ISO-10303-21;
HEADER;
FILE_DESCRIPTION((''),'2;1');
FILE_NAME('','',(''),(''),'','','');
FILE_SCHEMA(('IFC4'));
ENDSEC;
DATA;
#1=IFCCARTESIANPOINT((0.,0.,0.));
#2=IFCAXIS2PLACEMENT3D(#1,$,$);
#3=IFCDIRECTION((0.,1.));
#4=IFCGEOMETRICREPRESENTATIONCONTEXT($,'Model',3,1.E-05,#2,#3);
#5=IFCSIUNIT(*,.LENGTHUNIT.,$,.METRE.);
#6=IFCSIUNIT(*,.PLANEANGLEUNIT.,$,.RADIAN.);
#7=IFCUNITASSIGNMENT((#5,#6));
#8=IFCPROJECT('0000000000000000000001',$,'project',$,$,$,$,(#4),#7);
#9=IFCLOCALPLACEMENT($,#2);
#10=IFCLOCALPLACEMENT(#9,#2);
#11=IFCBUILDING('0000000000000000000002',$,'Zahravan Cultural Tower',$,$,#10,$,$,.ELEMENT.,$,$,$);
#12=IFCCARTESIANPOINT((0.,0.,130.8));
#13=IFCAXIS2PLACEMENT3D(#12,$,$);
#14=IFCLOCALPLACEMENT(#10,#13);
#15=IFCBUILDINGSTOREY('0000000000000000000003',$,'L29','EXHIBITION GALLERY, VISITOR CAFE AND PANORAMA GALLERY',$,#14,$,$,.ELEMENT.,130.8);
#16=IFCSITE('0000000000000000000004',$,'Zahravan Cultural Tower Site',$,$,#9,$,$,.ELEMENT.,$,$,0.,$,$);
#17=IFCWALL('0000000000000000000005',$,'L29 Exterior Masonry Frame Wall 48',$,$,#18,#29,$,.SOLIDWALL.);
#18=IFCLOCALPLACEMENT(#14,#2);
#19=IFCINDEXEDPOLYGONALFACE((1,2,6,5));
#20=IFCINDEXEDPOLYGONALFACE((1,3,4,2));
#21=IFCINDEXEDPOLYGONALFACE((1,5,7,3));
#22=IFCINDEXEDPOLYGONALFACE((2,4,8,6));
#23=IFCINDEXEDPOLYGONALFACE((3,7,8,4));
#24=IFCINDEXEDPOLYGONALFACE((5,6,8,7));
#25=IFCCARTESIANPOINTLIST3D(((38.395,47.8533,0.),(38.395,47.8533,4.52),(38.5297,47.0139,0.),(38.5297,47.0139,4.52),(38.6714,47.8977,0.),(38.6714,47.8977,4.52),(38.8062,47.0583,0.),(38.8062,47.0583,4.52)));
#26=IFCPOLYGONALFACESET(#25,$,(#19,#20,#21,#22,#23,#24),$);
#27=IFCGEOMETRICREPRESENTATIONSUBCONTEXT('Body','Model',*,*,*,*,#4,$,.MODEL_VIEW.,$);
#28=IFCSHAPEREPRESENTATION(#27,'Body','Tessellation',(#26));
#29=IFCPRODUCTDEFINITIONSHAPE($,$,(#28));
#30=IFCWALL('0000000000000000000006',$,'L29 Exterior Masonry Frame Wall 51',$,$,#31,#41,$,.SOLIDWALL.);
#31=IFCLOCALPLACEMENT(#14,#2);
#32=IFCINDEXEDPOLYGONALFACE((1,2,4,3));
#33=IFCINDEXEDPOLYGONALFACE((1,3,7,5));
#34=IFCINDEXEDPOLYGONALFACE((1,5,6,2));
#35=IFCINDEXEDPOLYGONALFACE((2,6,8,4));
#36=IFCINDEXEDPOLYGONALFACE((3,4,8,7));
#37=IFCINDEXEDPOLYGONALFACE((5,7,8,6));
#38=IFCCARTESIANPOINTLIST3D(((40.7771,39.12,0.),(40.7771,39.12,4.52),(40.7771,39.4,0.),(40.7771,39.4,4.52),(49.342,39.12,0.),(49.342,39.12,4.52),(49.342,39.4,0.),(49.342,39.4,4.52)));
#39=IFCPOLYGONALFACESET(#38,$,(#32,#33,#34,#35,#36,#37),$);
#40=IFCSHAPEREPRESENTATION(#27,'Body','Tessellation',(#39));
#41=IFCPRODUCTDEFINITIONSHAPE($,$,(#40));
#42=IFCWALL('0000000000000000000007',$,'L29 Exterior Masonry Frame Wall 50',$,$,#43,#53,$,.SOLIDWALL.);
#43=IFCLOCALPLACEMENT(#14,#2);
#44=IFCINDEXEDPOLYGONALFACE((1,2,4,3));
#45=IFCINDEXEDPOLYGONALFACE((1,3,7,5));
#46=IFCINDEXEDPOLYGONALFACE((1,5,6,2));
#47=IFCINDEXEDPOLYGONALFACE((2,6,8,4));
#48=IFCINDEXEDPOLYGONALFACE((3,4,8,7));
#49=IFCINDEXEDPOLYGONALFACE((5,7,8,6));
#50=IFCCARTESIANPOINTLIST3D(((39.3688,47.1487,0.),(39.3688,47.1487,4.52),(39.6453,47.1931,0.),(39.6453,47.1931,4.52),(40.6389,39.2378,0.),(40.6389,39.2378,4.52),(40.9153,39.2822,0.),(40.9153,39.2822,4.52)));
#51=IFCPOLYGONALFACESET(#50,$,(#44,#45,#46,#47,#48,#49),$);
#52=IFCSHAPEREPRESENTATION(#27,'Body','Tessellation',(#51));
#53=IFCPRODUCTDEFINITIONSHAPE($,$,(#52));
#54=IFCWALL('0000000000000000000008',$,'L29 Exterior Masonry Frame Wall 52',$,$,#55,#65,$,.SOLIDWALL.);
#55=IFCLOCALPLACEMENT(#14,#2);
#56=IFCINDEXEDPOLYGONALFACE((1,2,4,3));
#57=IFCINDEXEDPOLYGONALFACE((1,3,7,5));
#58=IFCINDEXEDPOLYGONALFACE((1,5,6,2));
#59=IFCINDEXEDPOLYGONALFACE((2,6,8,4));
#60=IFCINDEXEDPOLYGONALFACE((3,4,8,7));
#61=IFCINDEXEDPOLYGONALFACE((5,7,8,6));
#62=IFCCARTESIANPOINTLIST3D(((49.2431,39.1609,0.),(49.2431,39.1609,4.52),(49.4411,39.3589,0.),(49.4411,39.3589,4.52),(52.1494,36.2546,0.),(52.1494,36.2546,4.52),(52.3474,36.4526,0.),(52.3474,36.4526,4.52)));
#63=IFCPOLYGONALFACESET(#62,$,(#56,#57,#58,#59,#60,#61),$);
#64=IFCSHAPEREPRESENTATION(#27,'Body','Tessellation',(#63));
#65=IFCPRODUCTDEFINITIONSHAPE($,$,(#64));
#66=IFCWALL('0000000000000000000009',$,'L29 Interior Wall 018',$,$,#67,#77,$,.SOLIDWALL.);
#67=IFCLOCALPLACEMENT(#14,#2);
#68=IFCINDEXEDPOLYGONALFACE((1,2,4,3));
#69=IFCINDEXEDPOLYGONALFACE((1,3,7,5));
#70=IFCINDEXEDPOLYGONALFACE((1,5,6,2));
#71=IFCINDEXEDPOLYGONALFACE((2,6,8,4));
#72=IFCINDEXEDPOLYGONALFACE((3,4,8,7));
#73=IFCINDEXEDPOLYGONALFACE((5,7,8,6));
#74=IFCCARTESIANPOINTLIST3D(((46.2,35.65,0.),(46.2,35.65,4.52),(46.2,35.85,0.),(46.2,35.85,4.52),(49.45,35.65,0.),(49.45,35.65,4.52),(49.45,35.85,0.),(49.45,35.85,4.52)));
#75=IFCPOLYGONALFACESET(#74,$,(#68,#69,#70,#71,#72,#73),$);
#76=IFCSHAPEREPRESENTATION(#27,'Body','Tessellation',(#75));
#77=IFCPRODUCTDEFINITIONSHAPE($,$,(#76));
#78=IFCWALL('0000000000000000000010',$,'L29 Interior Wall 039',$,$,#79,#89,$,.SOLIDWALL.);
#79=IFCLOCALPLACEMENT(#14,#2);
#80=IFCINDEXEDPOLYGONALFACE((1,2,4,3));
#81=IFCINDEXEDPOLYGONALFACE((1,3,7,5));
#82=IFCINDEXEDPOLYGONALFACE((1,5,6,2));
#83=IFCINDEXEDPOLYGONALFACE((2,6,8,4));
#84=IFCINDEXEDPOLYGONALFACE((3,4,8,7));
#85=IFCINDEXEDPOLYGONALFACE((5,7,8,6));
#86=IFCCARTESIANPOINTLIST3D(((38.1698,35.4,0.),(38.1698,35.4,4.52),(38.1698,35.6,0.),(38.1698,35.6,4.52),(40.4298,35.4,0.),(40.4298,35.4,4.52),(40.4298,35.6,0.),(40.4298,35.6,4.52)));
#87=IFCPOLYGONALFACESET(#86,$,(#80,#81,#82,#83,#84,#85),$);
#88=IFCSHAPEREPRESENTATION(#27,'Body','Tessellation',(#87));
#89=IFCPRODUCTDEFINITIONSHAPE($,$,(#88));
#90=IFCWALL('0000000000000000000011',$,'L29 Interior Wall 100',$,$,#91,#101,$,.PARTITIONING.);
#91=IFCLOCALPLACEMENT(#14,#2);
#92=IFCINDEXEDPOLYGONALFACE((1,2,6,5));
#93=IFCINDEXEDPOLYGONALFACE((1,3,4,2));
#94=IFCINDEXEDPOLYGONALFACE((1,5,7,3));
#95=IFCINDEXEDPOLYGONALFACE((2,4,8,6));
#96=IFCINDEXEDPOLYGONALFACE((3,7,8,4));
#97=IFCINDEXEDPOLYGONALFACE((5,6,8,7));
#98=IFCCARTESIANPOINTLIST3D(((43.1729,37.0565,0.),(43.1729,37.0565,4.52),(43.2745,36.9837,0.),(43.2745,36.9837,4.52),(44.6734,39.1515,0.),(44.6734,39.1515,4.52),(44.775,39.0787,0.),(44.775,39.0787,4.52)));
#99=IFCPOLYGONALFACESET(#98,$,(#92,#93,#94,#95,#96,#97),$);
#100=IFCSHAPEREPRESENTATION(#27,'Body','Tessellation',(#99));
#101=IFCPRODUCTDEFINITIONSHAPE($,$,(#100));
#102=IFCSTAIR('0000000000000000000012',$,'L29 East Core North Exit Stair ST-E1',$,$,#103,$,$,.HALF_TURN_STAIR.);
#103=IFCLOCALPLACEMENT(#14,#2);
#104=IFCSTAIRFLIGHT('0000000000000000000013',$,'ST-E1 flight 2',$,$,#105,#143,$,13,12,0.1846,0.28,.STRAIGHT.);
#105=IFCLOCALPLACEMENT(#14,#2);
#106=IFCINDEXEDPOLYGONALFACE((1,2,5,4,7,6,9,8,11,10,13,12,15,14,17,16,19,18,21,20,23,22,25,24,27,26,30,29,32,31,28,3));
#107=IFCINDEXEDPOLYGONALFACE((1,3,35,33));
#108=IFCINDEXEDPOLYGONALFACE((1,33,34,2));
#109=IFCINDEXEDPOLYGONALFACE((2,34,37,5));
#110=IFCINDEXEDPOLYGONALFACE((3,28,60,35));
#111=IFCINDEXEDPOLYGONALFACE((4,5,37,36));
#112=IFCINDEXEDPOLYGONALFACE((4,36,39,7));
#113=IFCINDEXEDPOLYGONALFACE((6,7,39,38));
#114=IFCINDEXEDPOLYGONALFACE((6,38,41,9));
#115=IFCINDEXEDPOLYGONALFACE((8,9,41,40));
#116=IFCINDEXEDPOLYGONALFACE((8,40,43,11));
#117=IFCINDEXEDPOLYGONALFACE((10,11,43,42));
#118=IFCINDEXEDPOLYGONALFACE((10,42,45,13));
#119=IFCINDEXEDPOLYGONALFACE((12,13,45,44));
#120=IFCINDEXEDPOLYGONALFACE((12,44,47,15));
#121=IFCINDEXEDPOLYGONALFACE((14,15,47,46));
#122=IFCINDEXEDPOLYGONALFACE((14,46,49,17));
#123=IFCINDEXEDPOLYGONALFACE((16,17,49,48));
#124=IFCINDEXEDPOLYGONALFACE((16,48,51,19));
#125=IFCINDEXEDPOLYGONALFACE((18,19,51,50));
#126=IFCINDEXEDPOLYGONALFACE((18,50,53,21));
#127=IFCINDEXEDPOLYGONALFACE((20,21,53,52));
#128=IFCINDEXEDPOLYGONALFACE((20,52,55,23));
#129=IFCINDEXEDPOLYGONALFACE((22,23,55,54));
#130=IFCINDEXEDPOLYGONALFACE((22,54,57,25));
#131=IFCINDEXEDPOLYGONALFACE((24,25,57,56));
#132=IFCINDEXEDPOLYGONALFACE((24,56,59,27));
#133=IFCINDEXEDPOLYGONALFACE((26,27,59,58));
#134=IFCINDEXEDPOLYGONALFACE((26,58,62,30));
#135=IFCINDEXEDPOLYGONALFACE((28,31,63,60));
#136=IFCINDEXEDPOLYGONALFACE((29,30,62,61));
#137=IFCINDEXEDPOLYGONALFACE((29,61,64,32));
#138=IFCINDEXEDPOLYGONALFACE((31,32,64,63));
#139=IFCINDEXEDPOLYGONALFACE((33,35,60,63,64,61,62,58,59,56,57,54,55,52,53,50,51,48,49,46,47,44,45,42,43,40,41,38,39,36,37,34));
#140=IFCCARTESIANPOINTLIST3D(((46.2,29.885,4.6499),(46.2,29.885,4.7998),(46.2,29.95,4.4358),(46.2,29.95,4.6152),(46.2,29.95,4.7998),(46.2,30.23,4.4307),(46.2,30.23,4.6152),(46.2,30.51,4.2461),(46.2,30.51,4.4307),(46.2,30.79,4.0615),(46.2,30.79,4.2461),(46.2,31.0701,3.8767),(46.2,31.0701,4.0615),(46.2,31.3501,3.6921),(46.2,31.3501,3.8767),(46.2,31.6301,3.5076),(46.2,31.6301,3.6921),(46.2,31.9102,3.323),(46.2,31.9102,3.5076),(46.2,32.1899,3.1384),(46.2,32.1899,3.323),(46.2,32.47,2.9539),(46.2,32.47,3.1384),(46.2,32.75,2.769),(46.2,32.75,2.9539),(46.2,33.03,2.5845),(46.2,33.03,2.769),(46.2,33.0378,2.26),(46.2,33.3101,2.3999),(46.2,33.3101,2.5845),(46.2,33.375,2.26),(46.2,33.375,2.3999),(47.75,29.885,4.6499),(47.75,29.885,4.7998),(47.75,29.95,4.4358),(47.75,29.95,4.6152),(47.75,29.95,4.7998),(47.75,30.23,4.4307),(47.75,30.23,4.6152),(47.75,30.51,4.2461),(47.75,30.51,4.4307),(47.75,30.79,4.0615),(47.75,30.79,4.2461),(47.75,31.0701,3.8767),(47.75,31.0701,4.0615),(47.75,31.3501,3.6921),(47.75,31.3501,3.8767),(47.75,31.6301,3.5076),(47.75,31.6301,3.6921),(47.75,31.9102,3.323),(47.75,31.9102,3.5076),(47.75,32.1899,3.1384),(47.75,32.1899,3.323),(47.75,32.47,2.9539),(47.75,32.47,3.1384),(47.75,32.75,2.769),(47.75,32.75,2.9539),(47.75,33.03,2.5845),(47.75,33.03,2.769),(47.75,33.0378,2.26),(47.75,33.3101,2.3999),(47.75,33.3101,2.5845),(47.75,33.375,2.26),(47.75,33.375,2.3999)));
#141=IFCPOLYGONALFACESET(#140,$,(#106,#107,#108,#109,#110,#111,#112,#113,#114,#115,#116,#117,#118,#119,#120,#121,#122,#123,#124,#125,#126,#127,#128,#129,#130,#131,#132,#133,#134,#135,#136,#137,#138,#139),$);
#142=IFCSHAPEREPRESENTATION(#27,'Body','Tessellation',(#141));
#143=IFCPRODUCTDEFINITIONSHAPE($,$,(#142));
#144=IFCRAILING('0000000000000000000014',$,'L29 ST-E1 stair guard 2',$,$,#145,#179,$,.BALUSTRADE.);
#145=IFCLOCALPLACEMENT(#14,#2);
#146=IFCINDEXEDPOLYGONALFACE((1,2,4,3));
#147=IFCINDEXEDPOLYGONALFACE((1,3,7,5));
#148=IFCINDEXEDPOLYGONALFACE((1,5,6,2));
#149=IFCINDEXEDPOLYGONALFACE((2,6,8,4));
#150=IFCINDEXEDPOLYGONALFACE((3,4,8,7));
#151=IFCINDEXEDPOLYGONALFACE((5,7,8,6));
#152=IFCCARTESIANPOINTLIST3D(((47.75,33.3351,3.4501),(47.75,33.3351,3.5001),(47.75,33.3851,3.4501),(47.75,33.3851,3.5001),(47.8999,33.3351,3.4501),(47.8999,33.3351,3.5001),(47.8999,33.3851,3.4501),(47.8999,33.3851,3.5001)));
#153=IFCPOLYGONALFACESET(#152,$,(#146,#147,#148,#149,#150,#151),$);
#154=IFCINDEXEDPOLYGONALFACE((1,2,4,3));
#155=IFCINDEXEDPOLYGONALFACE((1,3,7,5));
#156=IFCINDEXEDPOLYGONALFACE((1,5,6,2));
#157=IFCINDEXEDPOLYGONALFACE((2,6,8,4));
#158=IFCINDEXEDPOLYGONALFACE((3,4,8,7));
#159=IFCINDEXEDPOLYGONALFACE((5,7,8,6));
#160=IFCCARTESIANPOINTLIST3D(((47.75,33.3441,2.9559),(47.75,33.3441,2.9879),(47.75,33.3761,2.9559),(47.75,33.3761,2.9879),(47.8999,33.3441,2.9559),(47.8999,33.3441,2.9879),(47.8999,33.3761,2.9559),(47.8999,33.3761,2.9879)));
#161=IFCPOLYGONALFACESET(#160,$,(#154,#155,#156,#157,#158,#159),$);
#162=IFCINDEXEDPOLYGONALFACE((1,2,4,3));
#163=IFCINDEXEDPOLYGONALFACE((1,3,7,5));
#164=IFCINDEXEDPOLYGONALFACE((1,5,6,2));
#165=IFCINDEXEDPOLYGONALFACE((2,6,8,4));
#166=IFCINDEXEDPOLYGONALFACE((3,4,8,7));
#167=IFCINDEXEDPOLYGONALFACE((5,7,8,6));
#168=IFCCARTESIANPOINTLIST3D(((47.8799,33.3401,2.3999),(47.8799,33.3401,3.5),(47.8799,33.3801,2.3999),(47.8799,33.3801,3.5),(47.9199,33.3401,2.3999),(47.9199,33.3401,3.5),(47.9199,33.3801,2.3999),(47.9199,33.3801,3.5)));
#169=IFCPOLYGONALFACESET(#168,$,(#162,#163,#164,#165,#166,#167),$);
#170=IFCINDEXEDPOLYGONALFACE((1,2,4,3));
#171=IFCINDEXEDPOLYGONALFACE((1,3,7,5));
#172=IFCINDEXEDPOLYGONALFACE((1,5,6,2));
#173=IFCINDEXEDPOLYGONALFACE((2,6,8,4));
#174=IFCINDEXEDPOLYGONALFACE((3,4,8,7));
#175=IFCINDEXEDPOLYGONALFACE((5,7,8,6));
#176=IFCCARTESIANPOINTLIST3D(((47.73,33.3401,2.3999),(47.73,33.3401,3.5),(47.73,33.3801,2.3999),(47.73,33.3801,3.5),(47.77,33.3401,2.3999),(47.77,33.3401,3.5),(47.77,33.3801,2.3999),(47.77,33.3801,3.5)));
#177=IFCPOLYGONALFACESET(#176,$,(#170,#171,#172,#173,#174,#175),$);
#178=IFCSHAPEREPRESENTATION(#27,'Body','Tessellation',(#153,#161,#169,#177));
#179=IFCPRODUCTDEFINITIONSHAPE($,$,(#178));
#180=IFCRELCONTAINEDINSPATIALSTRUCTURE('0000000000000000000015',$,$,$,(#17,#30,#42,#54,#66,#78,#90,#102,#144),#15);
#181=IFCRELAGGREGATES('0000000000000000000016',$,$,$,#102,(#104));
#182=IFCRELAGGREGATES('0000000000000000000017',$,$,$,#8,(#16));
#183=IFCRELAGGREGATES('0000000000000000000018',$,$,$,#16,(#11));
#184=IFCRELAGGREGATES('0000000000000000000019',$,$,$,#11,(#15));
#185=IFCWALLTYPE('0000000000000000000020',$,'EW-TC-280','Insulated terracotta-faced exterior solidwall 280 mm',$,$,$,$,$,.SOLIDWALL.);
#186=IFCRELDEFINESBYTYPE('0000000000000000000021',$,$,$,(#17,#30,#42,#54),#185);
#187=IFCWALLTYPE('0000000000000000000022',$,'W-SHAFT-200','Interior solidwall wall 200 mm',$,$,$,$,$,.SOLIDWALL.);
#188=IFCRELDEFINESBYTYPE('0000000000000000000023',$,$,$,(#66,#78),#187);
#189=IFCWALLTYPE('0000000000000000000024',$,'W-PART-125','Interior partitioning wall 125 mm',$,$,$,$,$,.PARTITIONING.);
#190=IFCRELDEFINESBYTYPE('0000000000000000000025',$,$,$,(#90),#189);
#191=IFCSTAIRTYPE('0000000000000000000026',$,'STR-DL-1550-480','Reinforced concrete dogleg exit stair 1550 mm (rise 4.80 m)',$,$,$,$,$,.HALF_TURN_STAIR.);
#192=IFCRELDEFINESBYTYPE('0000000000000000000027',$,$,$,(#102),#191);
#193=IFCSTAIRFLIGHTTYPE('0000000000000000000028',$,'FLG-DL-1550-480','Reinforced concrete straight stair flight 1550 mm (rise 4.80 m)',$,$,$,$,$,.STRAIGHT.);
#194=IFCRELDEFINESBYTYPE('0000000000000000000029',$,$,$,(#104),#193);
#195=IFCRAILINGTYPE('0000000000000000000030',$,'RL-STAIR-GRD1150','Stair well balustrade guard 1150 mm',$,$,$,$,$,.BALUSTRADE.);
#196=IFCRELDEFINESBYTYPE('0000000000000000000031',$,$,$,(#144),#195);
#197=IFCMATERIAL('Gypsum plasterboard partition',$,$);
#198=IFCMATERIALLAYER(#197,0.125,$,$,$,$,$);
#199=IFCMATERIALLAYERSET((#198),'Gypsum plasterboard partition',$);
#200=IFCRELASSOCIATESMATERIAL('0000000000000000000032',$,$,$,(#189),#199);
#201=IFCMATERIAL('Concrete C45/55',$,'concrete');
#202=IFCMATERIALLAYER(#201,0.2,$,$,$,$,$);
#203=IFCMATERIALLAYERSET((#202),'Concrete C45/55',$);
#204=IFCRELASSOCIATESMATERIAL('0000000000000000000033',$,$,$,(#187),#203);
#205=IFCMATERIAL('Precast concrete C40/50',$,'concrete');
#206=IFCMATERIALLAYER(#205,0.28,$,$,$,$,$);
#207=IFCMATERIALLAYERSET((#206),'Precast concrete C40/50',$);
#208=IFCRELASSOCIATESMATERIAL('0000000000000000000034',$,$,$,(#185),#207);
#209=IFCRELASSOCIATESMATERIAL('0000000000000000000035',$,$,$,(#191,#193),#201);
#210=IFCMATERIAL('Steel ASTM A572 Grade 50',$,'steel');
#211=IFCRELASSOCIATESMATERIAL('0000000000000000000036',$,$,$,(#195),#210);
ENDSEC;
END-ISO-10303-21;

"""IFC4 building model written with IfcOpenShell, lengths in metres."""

from ifc_helpers import new_model, si_unit, direction, frame, frame_2d, origin, origin_2d, place, context, subcontext, project, spatial, polyline, rectangle, outline, extrude, source, transform, mapped, material, layer, layer_set, type_object, element, aggregate, save


model = new_model("IFC4")

# Units and contexts
model_context = context("Model", 3, precision=1e-05, world=origin(), true_north=direction((0.0, 1.0)))
body_context = subcontext(model_context, "Body", "Model", "MODEL_VIEW")
ifc_project = project(units=[si_unit("LENGTHUNIT", "METRE"), si_unit("PLANEANGLEUNIT", "RADIAN")], contexts=[model_context])

# Site, building, storey
site_placement = place(None, origin())
site = spatial("IfcSite", under=ifc_project, at=site_placement, Name="Zahravan Cultural Tower Site", CompositionType="ELEMENT", RefElevation=0.0)
building_placement = place(site_placement, origin())
building = spatial("IfcBuilding", under=site, at=building_placement, Name="Zahravan Cultural Tower", CompositionType="ELEMENT")
storey_placement = place(building_placement, frame((0.0, 0.0, 130.8)))
storey = spatial("IfcBuildingStorey", under=building, at=storey_placement, Name="L29", Description="EXHIBITION GALLERY, VISITOR CAFE AND PANORAMA GALLERY", CompositionType="ELEMENT", Elevation=130.8)

# Shared definitions
ifc_material_1 = material(Name="Gypsum plasterboard partition")
ifc_layer_1 = layer(ifc_material_1, 0.125)
ifc_layer_set_1 = layer_set([ifc_layer_1], Name="Gypsum plasterboard partition")
wall_type_1 = type_object("IfcWallType", Name="W-PART-125", Description="Interior partitioning wall 125 mm", PredefinedType="PARTITIONING", material=ifc_layer_set_1)
ifc_material_2 = material(Name="Concrete C45/55", Category="concrete")
ifc_layer_2 = layer(ifc_material_2, 0.2)
ifc_layer_set_2 = layer_set([ifc_layer_2], Name="Concrete C45/55")
wall_type_2 = type_object("IfcWallType", Name="W-SHAFT-200", Description="Interior solidwall wall 200 mm", PredefinedType="SOLIDWALL", material=ifc_layer_set_2)
ifc_material_3 = material(Name="Steel ASTM A572 Grade 50", Category="steel")

# Walls
ifc_material_4 = material(Name="Precast concrete C40/50", Category="concrete")
ifc_layer_3 = layer(ifc_material_4, 0.28)
ifc_layer_set_3 = layer_set([ifc_layer_3], Name="Precast concrete C40/50")
wall_type_3 = type_object("IfcWallType", Name="EW-TC-280", Description="Insulated terracotta-faced exterior solidwall 280 mm", PredefinedType="SOLIDWALL", material=ifc_layer_set_3)
shared_shape_1 = source(origin(), body_context, "Body", "SweptSolid", [
    extrude(rectangle(XDim=0.8501, YDim=0.28, at=frame_2d((0.425, 0.0))), origin(), (0.0, 0.0, 1.0), 4.52),
])
for number, where, z_axis, x_axis, name in (
    (1, (38.5332, 47.8755, 0.0), (0.0, 0.0, 1.0), (0.158528, -0.987354, 0.0), "L29 Exterior Masonry Frame Wall 48"),
):
    element("IfcWall", number, at=place(storey_placement, frame(where, z_axis=z_axis, x_axis=x_axis)), inside=storey, type_object=wall_type_3, Name=name, PredefinedType="SOLIDWALL", context=body_context, shape_type="MappedRepresentation", body=[
        mapped(shared_shape_1, transform((0.0, 0.0, 0.0), x_axis=(1.0, 0.0, 0.0), y_axis=(0.0, 1.0, 0.0), z_axis=(0.0, 0.0, 1.0), scale=1.0)),
    ])
shared_shape_2 = source(origin(), body_context, "Body", "SweptSolid", [
    extrude(rectangle(XDim=8.5649, YDim=0.28, at=frame_2d((4.2825, 0.0))), origin(), (0.0, 0.0, 1.0), 4.52),
])
wall_1_placement = place(storey_placement, frame((40.7771, 39.26, 0.0), z_axis=(0.0, 0.0, 1.0), x_axis=(1.0, 0.0, 0.0)))
element("IfcWall", 2, at=wall_1_placement, inside=storey, type_object=wall_type_3, Name="L29 Exterior Masonry Frame Wall 51", PredefinedType="SOLIDWALL", context=body_context, shape_type="MappedRepresentation", body=[
    mapped(shared_shape_2, transform((0.0, 0.0, 0.0), x_axis=(1.0, 0.0, 0.0), y_axis=(0.0, 1.0, 0.0), z_axis=(0.0, 0.0, 1.0), scale=1.0)),
])
shared_shape_3 = source(origin(), body_context, "Body", "SweptSolid", [
    extrude(rectangle(XDim=8.0122, YDim=0.28, at=frame_2d((4.0061, 0.0))), origin(), (0.0, 0.0, 1.0), 4.52),
])
wall_2_placement = place(storey_placement, frame((39.5071, 47.1709, 0.0), z_axis=(0.0, 0.0, 1.0), x_axis=(0.158511, -0.987357, 0.0)))
element("IfcWall", 3, at=wall_2_placement, inside=storey, type_object=wall_type_3, Name="L29 Exterior Masonry Frame Wall 50", PredefinedType="SOLIDWALL", context=body_context, shape_type="MappedRepresentation", body=[
    mapped(shared_shape_3, transform((0.0, 0.0, 0.0), x_axis=(1.0, 0.0, 0.0), y_axis=(0.0, 1.0, 0.0), z_axis=(0.0, 0.0, 1.0), scale=1.0)),
])
shared_shape_4 = source(origin(), body_context, "Body", "SweptSolid", [
    extrude(rectangle(XDim=4.1101, YDim=0.28, at=frame_2d((2.0552, 0.0))), origin(), (0.0, 0.0, 1.0), 4.52),
])
wall_3_placement = place(storey_placement, frame((49.342, 39.26, 0.0), z_axis=(0.0, 0.0, 1.0), x_axis=(0.707107, -0.707107, 0.0)))
element("IfcWall", 4, at=wall_3_placement, inside=storey, type_object=wall_type_3, Name="L29 Exterior Masonry Frame Wall 52", PredefinedType="SOLIDWALL", context=body_context, shape_type="MappedRepresentation", body=[
    mapped(shared_shape_4, transform((0.0, 0.0, 0.0), x_axis=(1.0, 0.0, 0.0), y_axis=(0.0, 1.0, 0.0), z_axis=(0.0, 0.0, 1.0), scale=1.0)),
])
shared_shape_5 = source(origin(), body_context, "Body", "SweptSolid", [
    extrude(rectangle(XDim=3.25, YDim=0.2, at=frame_2d((1.625, 0.0))), origin(), (0.0, 0.0, 1.0), 4.52),
])
wall_4_placement = place(storey_placement, frame((46.2, 35.75, 0.0), z_axis=(0.0, 0.0, 1.0), x_axis=(1.0, 0.0, 0.0)))
element("IfcWall", 5, at=wall_4_placement, inside=storey, type_object=wall_type_2, Name="L29 Interior Wall 018", PredefinedType="SOLIDWALL", context=body_context, shape_type="MappedRepresentation", body=[
    mapped(shared_shape_5, transform((0.0, 0.0, 0.0), x_axis=(1.0, 0.0, 0.0), y_axis=(0.0, 1.0, 0.0), z_axis=(0.0, 0.0, 1.0), scale=1.0)),
])
shared_shape_6 = source(origin(), body_context, "Body", "SweptSolid", [
    extrude(rectangle(XDim=2.26, YDim=0.2, at=frame_2d((1.1299, 0.0))), origin(), (0.0, 0.0, 1.0), 4.52),
])
wall_5_placement = place(storey_placement, frame((38.1699, 35.5, 0.0), z_axis=(0.0, 0.0, 1.0), x_axis=(1.0, 0.0, 0.0)))
element("IfcWall", 6, at=wall_5_placement, inside=storey, type_object=wall_type_2, Name="L29 Interior Wall 039", PredefinedType="SOLIDWALL", context=body_context, shape_type="MappedRepresentation", body=[
    mapped(shared_shape_6, transform((0.0, 0.0, 0.0), x_axis=(1.0, 0.0, 0.0), y_axis=(0.0, 1.0, 0.0), z_axis=(0.0, 0.0, 1.0), scale=1.0)),
])
shared_shape_7 = source(origin(), body_context, "Body", "SweptSolid", [
    extrude(rectangle(XDim=2.5769, YDim=0.125, at=frame_2d((1.2886, 0.0))), origin(), (0.0, 0.0, 1.0), 4.52),
])
wall_6_placement = place(storey_placement, frame((43.2236, 37.02, 0.0), z_axis=(0.0, 0.0, 1.0), x_axis=(0.582286, 0.812984, 0.0)))
element("IfcWall", 7, at=wall_6_placement, inside=storey, type_object=wall_type_1, Name="L29 Interior Wall 100", PredefinedType="PARTITIONING", context=body_context, shape_type="MappedRepresentation", body=[
    mapped(shared_shape_7, transform((0.0, 0.0, 0.0), x_axis=(1.0, 0.0, 0.0), y_axis=(0.0, 1.0, 0.0), z_axis=(0.0, 0.0, 1.0), scale=1.0)),
])

# Stair, stair flight
stair_type = type_object("IfcStairType", Name="STR-DL-1550-480", Description="Reinforced concrete dogleg exit stair 1550 mm (rise 4.80 m)", PredefinedType="HALF_TURN_STAIR", material=ifc_material_2)
stair_placement = place(storey_placement, origin())
stair = element("IfcStair", 8, at=stair_placement, inside=storey, type_object=stair_type, Name="L29 East Core North Exit Stair ST-E1", PredefinedType="HALF_TURN_STAIR")
stair_flight_type = type_object("IfcStairFlightType", Name="FLG-DL-1550-480", Description="Reinforced concrete straight stair flight 1550 mm (rise 4.80 m)", PredefinedType="STRAIGHT", material=ifc_material_2)
stair_flight_placement = place(storey_placement, frame((46.9751, 33.3101, 2.3999), z_axis=(0.0, 0.0, 1.0), x_axis=(0.0, -1.0, 0.0)))
stair_flight = element("IfcStairFlight", 9, at=stair_flight_placement, type_object=stair_flight_type, Name="ST-E1 flight 2", NumberOfRisers=13, NumberOfTreads=12, PredefinedType="STRAIGHT", RiserHeight=0.1846, TreadLength=0.28, context=body_context, shape_type="SweptSolid", body=[
    extrude(outline(polyline([(-0.0649, -0.1399), (-0.0649, 0.0), (0.0, 0.0), (0.0, 0.1846), (0.28, 0.1846), (0.28, 0.3691), (0.5601, 0.3691), (0.5601, 0.554), (0.8401, 0.554), (0.8401, 0.7385), (1.1201, 0.7385), (1.1201, 0.9231), (1.3999, 0.9231), (1.3999, 1.1077), (1.6799, 1.1077), (1.6799, 1.2922), (1.96, 1.2922), (1.96, 1.4768), (2.24, 1.4768), (2.24, 1.6616), (2.52, 1.6616), (2.52, 1.8462), (2.8, 1.8462), (2.8, 2.0308), (3.0801, 2.0308), (3.0801, 2.2153), (3.3601, 2.2153), (3.3601, 2.3999), (3.425, 2.3999), (3.425, 2.25), (3.3601, 2.0359), (0.2722, -0.1399), (-0.0649, -0.1399)])), frame((0.0, 0.7749, 0.0), z_axis=(0.0, -1.0, 0.0), x_axis=(1.0, 0.0, 0.0)), (0.0, 0.0, 1.0), 1.55),
])
aggregate(stair, [stair_flight])

# Railing
railing_type_1 = type_object("IfcRailingType", Name="RL-STAIR-GRD1150", Description="Stair well balustrade guard 1150 mm", PredefinedType="BALUSTRADE", material=ifc_material_3)
railing_1_placement = place(storey_placement, frame((47.8999, 33.3601, 2.3999)))
element("IfcRailing", 10, at=railing_1_placement, inside=storey, type_object=railing_type_1, Name="L29 ST-E1 stair guard 2", PredefinedType="BALUSTRADE", context=body_context, shape_type="SweptSolid", body=[
    extrude(rectangle(XDim=0.05, YDim=0.05, at=origin_2d()), frame((0.0, 0.0, 1.0752), z_axis=(-1.0, 0.0, 0.0), x_axis=(0.0, -1.0, 0.0)), (0.0, 0.0, 1.0), 0.1499),
    extrude(rectangle(XDim=0.032, YDim=0.032, at=origin_2d()), frame((0.0, 0.0, 0.572), z_axis=(-1.0, 0.0, 0.0), x_axis=(0.0, -1.0, 0.0)), (0.0, 0.0, 1.0), 0.1499),
    extrude(rectangle(XDim=0.04, YDim=0.04, at=origin_2d()), origin(), (0.0, 0.0, 1.0), 1.1001),
    extrude(rectangle(XDim=0.04, YDim=0.04, at=origin_2d()), frame((-0.1499, 0.0, 0.0)), (0.0, 0.0, 1.0), 1.1001),
])

save(model, "model.ifc")
